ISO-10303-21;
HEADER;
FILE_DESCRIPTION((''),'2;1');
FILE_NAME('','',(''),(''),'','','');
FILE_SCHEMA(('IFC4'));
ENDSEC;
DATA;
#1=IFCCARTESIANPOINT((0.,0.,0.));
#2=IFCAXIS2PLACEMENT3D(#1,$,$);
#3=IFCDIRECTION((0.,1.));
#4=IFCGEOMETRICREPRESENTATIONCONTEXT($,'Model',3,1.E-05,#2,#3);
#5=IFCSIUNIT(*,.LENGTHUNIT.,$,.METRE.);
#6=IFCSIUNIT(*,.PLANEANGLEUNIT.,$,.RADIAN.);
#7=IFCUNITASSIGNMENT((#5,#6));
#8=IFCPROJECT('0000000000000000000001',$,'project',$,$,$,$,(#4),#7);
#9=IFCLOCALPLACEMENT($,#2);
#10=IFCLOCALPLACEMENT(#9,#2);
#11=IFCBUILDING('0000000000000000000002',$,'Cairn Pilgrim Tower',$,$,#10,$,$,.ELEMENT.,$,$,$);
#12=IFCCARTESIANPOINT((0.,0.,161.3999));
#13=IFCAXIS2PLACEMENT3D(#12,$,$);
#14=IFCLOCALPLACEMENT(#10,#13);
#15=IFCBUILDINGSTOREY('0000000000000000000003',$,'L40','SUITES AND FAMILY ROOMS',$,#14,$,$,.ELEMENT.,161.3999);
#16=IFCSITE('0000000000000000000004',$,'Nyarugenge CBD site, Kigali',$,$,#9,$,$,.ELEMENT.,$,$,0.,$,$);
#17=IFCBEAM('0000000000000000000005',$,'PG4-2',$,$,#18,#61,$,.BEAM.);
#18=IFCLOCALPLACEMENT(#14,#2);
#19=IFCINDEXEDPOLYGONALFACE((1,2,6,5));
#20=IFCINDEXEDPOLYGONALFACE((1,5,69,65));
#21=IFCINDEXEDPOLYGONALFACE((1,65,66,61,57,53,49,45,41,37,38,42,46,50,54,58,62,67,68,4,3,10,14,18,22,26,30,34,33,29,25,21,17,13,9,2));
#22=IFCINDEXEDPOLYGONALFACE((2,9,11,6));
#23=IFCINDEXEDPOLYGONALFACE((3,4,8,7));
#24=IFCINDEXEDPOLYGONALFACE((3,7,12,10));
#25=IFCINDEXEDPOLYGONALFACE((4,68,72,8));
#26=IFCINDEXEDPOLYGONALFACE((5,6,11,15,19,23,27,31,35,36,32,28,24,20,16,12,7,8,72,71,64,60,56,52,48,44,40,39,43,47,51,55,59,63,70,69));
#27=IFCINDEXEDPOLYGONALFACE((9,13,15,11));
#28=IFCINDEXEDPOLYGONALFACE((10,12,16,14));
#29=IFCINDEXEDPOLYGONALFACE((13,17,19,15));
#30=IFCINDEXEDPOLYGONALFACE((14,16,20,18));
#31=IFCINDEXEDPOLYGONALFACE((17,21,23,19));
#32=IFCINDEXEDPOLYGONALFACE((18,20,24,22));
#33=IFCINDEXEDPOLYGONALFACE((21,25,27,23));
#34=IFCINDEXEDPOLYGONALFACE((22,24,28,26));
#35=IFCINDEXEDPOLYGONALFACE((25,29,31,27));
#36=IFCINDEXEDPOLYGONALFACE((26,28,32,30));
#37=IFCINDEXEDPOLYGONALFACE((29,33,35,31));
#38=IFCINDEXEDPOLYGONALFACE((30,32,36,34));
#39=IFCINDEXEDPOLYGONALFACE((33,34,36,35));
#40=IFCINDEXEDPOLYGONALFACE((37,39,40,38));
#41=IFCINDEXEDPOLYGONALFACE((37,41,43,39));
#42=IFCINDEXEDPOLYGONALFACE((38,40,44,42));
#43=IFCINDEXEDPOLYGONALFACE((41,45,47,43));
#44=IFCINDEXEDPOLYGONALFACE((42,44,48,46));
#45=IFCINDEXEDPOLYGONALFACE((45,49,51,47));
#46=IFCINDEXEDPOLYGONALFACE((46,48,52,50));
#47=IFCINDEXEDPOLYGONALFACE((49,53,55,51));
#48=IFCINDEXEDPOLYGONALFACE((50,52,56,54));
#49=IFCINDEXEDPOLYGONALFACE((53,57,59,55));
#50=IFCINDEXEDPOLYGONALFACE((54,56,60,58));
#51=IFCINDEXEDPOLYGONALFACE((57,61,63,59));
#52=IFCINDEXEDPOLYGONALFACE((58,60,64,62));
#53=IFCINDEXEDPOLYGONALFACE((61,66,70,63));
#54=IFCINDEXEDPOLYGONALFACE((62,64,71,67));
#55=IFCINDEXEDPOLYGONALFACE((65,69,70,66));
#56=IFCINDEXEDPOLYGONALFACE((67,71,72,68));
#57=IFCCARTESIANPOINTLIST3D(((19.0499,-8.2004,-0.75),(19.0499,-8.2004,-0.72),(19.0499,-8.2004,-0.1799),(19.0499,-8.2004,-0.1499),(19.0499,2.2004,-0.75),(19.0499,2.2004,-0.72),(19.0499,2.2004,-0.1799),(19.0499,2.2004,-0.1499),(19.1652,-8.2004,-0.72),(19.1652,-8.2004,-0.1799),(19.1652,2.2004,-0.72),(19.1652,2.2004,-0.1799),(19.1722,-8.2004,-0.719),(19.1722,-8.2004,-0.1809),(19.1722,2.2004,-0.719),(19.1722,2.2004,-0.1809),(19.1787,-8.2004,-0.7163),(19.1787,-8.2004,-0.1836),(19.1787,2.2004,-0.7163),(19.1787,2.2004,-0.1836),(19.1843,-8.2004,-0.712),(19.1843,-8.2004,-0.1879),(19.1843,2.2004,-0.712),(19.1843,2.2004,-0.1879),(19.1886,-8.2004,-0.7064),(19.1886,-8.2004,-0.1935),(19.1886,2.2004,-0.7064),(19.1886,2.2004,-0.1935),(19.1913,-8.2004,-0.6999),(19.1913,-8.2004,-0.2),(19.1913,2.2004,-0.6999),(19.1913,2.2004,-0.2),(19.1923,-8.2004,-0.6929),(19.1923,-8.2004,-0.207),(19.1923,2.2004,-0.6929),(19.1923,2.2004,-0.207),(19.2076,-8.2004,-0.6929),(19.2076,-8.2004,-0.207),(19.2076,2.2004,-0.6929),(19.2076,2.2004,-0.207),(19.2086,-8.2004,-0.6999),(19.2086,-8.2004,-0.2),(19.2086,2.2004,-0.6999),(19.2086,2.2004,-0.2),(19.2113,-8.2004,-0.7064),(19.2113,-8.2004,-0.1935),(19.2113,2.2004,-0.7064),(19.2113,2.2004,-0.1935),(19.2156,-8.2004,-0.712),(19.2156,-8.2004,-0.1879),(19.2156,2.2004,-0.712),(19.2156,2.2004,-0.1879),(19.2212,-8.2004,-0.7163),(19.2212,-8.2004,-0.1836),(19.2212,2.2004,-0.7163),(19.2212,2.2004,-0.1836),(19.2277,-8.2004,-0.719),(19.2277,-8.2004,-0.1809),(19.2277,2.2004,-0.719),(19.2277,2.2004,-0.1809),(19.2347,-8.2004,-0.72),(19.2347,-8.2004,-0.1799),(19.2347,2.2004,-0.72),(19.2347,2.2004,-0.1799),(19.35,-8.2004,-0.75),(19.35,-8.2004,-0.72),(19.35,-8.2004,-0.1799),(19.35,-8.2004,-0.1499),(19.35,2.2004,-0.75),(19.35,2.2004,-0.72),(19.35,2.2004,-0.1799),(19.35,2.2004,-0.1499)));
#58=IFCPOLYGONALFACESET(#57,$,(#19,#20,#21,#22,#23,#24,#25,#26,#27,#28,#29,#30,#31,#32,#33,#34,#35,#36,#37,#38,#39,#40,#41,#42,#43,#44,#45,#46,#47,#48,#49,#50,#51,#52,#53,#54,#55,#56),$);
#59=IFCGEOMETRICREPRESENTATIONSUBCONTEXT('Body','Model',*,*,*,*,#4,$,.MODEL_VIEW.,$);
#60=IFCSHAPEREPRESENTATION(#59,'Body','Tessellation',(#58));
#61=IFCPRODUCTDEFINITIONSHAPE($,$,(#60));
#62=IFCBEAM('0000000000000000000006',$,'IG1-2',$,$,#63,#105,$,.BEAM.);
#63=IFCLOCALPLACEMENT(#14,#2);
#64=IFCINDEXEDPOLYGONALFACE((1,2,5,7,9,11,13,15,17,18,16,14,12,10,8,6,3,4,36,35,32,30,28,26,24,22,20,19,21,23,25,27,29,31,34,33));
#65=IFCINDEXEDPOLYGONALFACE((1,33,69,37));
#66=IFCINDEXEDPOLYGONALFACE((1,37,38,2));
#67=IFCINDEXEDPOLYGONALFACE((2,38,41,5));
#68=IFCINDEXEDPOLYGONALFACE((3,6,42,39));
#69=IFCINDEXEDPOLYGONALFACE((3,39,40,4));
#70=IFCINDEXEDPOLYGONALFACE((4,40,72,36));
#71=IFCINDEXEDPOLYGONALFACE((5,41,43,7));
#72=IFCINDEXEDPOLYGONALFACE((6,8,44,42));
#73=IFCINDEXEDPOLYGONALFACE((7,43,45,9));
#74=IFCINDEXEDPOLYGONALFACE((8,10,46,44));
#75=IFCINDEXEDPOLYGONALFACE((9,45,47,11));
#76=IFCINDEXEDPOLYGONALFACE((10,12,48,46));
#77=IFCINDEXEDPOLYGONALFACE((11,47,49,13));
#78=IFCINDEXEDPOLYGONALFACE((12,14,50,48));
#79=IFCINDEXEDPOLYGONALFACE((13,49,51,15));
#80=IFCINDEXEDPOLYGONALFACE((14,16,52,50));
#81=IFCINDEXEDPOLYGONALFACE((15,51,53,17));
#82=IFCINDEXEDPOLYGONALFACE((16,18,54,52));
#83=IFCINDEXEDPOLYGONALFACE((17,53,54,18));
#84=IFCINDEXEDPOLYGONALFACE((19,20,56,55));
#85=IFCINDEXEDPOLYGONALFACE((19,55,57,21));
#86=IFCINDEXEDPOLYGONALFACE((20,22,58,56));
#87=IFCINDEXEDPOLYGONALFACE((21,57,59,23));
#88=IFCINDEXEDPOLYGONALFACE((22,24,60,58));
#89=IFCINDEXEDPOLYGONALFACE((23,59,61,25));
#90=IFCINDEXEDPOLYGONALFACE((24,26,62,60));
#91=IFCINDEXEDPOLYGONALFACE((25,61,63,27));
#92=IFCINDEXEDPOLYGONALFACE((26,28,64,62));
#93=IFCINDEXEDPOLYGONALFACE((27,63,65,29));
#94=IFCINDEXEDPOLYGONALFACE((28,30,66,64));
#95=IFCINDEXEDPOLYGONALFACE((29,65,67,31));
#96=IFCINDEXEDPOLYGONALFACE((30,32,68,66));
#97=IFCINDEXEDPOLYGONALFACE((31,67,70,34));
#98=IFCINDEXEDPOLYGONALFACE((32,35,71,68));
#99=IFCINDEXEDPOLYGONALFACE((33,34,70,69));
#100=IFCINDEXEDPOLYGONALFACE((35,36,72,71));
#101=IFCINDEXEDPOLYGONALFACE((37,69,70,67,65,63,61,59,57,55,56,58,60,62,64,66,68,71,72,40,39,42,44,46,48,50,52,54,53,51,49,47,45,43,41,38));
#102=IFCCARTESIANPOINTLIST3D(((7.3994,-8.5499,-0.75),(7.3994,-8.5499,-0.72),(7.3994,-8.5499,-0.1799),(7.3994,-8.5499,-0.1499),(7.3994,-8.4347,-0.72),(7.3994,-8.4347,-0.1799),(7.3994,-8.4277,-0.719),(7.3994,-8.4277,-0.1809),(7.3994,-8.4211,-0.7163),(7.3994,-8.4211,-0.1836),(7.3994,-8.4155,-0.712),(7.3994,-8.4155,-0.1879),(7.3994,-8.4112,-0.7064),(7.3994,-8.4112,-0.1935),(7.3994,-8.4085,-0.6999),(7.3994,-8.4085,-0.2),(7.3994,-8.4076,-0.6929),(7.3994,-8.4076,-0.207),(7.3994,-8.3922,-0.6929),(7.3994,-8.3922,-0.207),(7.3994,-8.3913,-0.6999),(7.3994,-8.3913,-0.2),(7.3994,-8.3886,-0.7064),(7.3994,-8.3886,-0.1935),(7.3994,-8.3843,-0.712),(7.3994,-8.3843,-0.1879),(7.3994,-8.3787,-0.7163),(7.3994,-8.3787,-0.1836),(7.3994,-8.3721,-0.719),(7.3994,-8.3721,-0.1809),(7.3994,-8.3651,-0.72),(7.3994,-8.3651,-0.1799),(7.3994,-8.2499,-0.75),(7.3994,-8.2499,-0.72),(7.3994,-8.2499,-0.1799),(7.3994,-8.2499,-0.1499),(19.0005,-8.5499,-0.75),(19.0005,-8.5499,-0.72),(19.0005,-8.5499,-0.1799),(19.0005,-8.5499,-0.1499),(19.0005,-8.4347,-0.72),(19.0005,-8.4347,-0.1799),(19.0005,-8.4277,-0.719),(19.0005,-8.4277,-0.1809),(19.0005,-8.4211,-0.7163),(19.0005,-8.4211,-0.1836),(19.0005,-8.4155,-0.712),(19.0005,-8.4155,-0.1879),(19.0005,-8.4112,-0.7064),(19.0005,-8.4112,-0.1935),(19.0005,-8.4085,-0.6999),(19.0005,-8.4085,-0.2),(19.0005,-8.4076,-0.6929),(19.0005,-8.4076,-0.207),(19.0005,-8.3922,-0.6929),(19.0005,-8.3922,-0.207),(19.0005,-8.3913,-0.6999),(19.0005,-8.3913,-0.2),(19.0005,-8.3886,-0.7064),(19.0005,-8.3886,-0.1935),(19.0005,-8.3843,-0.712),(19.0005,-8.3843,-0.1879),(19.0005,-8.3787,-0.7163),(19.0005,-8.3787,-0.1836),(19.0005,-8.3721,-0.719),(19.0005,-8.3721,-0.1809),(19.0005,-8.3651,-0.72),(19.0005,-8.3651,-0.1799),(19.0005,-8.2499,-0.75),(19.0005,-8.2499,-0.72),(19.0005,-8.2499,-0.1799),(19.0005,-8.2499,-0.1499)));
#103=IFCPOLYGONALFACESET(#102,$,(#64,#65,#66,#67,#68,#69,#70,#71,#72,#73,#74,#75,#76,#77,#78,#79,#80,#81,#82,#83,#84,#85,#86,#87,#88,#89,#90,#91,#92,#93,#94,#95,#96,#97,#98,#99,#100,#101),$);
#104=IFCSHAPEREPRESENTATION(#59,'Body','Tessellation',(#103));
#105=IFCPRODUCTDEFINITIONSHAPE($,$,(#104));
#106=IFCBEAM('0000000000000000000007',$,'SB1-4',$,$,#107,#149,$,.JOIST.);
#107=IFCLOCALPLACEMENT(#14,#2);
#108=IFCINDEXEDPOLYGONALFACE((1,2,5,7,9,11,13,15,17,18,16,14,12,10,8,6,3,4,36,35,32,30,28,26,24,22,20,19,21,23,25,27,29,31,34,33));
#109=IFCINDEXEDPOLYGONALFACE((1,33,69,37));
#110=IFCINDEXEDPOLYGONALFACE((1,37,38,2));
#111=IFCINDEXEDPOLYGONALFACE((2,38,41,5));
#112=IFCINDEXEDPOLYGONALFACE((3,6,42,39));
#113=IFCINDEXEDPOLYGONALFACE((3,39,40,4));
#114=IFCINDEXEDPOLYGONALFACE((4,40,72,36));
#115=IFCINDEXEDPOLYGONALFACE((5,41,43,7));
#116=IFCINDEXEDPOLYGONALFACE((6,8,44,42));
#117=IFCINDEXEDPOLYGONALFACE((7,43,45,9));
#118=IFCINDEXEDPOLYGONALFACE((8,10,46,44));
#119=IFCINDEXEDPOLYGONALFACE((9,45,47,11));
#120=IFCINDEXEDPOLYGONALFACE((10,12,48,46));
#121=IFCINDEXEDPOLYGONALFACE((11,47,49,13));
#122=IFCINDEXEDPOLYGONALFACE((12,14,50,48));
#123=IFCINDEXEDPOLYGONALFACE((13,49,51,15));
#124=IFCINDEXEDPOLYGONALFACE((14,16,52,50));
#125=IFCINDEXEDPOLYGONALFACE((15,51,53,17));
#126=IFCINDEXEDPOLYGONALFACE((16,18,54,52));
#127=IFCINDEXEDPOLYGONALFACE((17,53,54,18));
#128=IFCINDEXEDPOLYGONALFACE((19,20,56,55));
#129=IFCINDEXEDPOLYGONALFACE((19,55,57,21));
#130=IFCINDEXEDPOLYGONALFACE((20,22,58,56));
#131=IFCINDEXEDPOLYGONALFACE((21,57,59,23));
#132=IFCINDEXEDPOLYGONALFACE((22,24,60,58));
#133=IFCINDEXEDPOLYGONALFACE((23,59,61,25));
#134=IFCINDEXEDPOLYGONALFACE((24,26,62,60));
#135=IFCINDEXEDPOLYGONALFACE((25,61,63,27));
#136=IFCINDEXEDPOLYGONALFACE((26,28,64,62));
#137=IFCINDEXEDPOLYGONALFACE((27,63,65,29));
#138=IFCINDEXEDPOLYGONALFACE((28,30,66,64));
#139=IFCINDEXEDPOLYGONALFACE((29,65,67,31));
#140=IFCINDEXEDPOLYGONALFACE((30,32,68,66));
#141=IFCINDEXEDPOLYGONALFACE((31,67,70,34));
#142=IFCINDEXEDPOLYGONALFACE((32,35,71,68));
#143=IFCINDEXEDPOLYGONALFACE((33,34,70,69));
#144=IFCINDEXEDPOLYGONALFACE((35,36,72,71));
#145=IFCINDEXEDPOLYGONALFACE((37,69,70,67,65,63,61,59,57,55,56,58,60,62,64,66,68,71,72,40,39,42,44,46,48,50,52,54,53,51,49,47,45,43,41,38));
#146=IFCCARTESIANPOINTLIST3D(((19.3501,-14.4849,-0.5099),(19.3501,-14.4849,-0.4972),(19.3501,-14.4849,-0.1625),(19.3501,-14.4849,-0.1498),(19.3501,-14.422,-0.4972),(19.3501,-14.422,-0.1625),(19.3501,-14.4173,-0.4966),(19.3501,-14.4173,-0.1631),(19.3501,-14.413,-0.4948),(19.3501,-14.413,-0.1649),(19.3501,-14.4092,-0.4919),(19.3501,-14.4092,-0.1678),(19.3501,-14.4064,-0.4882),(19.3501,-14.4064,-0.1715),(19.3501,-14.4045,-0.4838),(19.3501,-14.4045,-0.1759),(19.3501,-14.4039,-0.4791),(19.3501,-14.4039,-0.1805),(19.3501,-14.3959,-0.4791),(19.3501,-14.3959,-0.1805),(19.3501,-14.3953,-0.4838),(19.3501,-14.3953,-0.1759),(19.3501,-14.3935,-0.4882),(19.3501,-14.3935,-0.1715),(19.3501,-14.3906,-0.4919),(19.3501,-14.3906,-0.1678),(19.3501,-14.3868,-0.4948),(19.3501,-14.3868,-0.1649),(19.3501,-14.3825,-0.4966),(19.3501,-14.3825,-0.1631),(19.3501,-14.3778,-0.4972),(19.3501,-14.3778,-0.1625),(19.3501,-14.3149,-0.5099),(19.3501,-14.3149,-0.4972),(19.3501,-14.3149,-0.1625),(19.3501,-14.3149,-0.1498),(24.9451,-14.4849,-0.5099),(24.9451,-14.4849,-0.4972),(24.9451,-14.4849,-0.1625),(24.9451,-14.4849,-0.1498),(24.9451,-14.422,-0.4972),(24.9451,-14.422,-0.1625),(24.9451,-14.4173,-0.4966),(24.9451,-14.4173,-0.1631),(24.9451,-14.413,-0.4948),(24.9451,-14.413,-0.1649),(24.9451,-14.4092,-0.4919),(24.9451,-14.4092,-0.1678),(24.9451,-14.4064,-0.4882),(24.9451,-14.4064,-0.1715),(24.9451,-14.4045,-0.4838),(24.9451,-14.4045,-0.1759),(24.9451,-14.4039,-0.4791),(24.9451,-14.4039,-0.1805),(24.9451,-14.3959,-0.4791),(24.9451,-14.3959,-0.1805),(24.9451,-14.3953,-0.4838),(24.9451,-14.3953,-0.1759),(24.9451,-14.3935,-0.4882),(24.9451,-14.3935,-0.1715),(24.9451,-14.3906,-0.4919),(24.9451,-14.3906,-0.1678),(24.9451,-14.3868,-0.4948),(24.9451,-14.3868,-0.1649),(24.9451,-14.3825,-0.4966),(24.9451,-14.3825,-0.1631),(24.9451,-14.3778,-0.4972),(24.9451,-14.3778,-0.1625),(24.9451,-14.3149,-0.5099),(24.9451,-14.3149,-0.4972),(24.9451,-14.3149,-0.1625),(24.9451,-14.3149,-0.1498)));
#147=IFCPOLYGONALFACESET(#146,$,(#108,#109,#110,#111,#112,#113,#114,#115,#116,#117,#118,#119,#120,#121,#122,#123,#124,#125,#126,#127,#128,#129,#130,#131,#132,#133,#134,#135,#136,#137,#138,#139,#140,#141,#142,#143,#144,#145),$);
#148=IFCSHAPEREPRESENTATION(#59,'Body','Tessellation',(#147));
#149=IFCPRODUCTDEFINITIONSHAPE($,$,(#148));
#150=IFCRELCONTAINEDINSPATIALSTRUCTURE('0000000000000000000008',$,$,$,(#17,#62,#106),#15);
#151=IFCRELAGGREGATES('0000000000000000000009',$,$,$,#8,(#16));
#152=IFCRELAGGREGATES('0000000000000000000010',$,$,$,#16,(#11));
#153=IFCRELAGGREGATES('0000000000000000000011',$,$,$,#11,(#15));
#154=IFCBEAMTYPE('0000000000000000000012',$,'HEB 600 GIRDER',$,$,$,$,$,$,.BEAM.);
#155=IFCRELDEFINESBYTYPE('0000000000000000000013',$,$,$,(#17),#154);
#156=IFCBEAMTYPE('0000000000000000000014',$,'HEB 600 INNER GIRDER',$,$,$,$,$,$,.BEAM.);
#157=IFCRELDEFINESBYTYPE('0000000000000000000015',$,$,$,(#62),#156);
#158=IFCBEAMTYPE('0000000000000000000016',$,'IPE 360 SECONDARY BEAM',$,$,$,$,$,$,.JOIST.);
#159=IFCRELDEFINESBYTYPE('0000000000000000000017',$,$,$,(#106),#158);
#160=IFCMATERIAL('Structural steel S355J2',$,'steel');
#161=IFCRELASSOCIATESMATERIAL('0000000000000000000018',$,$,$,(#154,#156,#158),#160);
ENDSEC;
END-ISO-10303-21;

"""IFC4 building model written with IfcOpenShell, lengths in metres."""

from ifc_helpers import new_model, si_unit, direction, frame, origin, origin_2d, place, context, subcontext, project, spatial, i_section, extrude, material, material_profile, profile_set, type_object, element, save


model = new_model("IFC4")

# Units and contexts
model_context = context("Model", 3, precision=1e-05, world=origin(), true_north=direction((0.0, 1.0)))
body_context = subcontext(model_context, "Body", "Model", "MODEL_VIEW")
ifc_project = project(units=[si_unit("LENGTHUNIT", "METRE"), si_unit("PLANEANGLEUNIT", "RADIAN")], contexts=[model_context])

# Site, building, storey
site_placement = place(None, origin())
site = spatial("IfcSite", under=ifc_project, at=site_placement, Name="Nyarugenge CBD site, Kigali", CompositionType="ELEMENT", RefElevation=0.0)
building_placement = place(site_placement, origin())
building = spatial("IfcBuilding", under=site, at=building_placement, Name="Cairn Pilgrim Tower", CompositionType="ELEMENT")
storey_placement = place(building_placement, frame((0.0, 0.0, 161.3999)))
storey = spatial("IfcBuildingStorey", under=building, at=storey_placement, Name="L40", Description="SUITES AND FAMILY ROOMS", CompositionType="ELEMENT", Elevation=161.3999)

# Shared definitions
ifc_material_1 = material(Name="Structural steel S355J2", Category="steel")

# Beams
ifc_material_profile_1 = material_profile(ifc_material_1, i_section(OverallWidth=0.3, OverallDepth=0.6001, WebThickness=0.0154, FlangeThickness=0.03, FilletRadius=0.0271, at=origin_2d()), Name="HEB 600")
ifc_profile_set_1 = profile_set([ifc_material_profile_1], Name="Structural steel S355J2")
beam_type_1 = type_object("IfcBeamType", Name="HEB 600 GIRDER", PredefinedType="BEAM", material=ifc_profile_set_1)
beam_1_placement = place(storey_placement, frame((19.2, -8.2004, -0.45), z_axis=(0.0, 1.0, 0.0), x_axis=(-1.0, 0.0, 0.0)))
element("IfcBeam", 1, at=beam_1_placement, inside=storey, type_object=beam_type_1, Name="PG4-2", PredefinedType="BEAM", context=body_context, shape_type="SweptSolid", body=[
    extrude(i_section(OverallWidth=0.3, OverallDepth=0.6001, WebThickness=0.0154, FlangeThickness=0.03, FilletRadius=0.0271, at=origin_2d()), origin(), (0.0, 0.0, 1.0), 10.4009),
])
ifc_material_profile_2 = material_profile(ifc_material_1, i_section(OverallWidth=0.3, OverallDepth=0.6001, WebThickness=0.0154, FlangeThickness=0.03, FilletRadius=0.0271, at=origin_2d()), Name="HEB 600")
ifc_profile_set_2 = profile_set([ifc_material_profile_2], Name="Structural steel S355J2")
beam_type_2 = type_object("IfcBeamType", Name="HEB 600 INNER GIRDER", PredefinedType="BEAM", material=ifc_profile_set_2)
beam_2_placement = place(storey_placement, frame((7.3994, -8.3999, -0.45), z_axis=(1.0, 0.0, 0.0), x_axis=(0.0, 1.0, 0.0)))
element("IfcBeam", 2, at=beam_2_placement, inside=storey, type_object=beam_type_2, Name="IG1-2", PredefinedType="BEAM", context=body_context, shape_type="SweptSolid", body=[
    extrude(i_section(OverallWidth=0.3, OverallDepth=0.6001, WebThickness=0.0154, FlangeThickness=0.03, FilletRadius=0.0271, at=origin_2d()), origin(), (0.0, 0.0, 1.0), 11.6011),
])
ifc_material_profile_3 = material_profile(ifc_material_1, i_section(OverallWidth=0.1699, OverallDepth=0.3601, WebThickness=0.0081, FlangeThickness=0.0127, FilletRadius=0.0181, at=origin_2d()), Name="IPE 360")
ifc_profile_set_3 = profile_set([ifc_material_profile_3], Name="Structural steel S355J2")
beam_type_3 = type_object("IfcBeamType", Name="IPE 360 SECONDARY BEAM", PredefinedType="JOIST", material=ifc_profile_set_3)
beam_3_placement = place(storey_placement, frame((19.3501, -14.3999, -0.3298), z_axis=(1.0, 0.0, 0.0), x_axis=(0.0, 1.0, 0.0)))
element("IfcBeam", 3, at=beam_3_placement, inside=storey, type_object=beam_type_3, Name="SB1-4", PredefinedType="JOIST", context=body_context, shape_type="SweptSolid", body=[
    extrude(i_section(OverallWidth=0.1699, OverallDepth=0.3601, WebThickness=0.0081, FlangeThickness=0.0127, FilletRadius=0.0181, at=origin_2d()), origin(), (0.0, 0.0, 1.0), 5.595),
])

save(model, "model.ifc")
